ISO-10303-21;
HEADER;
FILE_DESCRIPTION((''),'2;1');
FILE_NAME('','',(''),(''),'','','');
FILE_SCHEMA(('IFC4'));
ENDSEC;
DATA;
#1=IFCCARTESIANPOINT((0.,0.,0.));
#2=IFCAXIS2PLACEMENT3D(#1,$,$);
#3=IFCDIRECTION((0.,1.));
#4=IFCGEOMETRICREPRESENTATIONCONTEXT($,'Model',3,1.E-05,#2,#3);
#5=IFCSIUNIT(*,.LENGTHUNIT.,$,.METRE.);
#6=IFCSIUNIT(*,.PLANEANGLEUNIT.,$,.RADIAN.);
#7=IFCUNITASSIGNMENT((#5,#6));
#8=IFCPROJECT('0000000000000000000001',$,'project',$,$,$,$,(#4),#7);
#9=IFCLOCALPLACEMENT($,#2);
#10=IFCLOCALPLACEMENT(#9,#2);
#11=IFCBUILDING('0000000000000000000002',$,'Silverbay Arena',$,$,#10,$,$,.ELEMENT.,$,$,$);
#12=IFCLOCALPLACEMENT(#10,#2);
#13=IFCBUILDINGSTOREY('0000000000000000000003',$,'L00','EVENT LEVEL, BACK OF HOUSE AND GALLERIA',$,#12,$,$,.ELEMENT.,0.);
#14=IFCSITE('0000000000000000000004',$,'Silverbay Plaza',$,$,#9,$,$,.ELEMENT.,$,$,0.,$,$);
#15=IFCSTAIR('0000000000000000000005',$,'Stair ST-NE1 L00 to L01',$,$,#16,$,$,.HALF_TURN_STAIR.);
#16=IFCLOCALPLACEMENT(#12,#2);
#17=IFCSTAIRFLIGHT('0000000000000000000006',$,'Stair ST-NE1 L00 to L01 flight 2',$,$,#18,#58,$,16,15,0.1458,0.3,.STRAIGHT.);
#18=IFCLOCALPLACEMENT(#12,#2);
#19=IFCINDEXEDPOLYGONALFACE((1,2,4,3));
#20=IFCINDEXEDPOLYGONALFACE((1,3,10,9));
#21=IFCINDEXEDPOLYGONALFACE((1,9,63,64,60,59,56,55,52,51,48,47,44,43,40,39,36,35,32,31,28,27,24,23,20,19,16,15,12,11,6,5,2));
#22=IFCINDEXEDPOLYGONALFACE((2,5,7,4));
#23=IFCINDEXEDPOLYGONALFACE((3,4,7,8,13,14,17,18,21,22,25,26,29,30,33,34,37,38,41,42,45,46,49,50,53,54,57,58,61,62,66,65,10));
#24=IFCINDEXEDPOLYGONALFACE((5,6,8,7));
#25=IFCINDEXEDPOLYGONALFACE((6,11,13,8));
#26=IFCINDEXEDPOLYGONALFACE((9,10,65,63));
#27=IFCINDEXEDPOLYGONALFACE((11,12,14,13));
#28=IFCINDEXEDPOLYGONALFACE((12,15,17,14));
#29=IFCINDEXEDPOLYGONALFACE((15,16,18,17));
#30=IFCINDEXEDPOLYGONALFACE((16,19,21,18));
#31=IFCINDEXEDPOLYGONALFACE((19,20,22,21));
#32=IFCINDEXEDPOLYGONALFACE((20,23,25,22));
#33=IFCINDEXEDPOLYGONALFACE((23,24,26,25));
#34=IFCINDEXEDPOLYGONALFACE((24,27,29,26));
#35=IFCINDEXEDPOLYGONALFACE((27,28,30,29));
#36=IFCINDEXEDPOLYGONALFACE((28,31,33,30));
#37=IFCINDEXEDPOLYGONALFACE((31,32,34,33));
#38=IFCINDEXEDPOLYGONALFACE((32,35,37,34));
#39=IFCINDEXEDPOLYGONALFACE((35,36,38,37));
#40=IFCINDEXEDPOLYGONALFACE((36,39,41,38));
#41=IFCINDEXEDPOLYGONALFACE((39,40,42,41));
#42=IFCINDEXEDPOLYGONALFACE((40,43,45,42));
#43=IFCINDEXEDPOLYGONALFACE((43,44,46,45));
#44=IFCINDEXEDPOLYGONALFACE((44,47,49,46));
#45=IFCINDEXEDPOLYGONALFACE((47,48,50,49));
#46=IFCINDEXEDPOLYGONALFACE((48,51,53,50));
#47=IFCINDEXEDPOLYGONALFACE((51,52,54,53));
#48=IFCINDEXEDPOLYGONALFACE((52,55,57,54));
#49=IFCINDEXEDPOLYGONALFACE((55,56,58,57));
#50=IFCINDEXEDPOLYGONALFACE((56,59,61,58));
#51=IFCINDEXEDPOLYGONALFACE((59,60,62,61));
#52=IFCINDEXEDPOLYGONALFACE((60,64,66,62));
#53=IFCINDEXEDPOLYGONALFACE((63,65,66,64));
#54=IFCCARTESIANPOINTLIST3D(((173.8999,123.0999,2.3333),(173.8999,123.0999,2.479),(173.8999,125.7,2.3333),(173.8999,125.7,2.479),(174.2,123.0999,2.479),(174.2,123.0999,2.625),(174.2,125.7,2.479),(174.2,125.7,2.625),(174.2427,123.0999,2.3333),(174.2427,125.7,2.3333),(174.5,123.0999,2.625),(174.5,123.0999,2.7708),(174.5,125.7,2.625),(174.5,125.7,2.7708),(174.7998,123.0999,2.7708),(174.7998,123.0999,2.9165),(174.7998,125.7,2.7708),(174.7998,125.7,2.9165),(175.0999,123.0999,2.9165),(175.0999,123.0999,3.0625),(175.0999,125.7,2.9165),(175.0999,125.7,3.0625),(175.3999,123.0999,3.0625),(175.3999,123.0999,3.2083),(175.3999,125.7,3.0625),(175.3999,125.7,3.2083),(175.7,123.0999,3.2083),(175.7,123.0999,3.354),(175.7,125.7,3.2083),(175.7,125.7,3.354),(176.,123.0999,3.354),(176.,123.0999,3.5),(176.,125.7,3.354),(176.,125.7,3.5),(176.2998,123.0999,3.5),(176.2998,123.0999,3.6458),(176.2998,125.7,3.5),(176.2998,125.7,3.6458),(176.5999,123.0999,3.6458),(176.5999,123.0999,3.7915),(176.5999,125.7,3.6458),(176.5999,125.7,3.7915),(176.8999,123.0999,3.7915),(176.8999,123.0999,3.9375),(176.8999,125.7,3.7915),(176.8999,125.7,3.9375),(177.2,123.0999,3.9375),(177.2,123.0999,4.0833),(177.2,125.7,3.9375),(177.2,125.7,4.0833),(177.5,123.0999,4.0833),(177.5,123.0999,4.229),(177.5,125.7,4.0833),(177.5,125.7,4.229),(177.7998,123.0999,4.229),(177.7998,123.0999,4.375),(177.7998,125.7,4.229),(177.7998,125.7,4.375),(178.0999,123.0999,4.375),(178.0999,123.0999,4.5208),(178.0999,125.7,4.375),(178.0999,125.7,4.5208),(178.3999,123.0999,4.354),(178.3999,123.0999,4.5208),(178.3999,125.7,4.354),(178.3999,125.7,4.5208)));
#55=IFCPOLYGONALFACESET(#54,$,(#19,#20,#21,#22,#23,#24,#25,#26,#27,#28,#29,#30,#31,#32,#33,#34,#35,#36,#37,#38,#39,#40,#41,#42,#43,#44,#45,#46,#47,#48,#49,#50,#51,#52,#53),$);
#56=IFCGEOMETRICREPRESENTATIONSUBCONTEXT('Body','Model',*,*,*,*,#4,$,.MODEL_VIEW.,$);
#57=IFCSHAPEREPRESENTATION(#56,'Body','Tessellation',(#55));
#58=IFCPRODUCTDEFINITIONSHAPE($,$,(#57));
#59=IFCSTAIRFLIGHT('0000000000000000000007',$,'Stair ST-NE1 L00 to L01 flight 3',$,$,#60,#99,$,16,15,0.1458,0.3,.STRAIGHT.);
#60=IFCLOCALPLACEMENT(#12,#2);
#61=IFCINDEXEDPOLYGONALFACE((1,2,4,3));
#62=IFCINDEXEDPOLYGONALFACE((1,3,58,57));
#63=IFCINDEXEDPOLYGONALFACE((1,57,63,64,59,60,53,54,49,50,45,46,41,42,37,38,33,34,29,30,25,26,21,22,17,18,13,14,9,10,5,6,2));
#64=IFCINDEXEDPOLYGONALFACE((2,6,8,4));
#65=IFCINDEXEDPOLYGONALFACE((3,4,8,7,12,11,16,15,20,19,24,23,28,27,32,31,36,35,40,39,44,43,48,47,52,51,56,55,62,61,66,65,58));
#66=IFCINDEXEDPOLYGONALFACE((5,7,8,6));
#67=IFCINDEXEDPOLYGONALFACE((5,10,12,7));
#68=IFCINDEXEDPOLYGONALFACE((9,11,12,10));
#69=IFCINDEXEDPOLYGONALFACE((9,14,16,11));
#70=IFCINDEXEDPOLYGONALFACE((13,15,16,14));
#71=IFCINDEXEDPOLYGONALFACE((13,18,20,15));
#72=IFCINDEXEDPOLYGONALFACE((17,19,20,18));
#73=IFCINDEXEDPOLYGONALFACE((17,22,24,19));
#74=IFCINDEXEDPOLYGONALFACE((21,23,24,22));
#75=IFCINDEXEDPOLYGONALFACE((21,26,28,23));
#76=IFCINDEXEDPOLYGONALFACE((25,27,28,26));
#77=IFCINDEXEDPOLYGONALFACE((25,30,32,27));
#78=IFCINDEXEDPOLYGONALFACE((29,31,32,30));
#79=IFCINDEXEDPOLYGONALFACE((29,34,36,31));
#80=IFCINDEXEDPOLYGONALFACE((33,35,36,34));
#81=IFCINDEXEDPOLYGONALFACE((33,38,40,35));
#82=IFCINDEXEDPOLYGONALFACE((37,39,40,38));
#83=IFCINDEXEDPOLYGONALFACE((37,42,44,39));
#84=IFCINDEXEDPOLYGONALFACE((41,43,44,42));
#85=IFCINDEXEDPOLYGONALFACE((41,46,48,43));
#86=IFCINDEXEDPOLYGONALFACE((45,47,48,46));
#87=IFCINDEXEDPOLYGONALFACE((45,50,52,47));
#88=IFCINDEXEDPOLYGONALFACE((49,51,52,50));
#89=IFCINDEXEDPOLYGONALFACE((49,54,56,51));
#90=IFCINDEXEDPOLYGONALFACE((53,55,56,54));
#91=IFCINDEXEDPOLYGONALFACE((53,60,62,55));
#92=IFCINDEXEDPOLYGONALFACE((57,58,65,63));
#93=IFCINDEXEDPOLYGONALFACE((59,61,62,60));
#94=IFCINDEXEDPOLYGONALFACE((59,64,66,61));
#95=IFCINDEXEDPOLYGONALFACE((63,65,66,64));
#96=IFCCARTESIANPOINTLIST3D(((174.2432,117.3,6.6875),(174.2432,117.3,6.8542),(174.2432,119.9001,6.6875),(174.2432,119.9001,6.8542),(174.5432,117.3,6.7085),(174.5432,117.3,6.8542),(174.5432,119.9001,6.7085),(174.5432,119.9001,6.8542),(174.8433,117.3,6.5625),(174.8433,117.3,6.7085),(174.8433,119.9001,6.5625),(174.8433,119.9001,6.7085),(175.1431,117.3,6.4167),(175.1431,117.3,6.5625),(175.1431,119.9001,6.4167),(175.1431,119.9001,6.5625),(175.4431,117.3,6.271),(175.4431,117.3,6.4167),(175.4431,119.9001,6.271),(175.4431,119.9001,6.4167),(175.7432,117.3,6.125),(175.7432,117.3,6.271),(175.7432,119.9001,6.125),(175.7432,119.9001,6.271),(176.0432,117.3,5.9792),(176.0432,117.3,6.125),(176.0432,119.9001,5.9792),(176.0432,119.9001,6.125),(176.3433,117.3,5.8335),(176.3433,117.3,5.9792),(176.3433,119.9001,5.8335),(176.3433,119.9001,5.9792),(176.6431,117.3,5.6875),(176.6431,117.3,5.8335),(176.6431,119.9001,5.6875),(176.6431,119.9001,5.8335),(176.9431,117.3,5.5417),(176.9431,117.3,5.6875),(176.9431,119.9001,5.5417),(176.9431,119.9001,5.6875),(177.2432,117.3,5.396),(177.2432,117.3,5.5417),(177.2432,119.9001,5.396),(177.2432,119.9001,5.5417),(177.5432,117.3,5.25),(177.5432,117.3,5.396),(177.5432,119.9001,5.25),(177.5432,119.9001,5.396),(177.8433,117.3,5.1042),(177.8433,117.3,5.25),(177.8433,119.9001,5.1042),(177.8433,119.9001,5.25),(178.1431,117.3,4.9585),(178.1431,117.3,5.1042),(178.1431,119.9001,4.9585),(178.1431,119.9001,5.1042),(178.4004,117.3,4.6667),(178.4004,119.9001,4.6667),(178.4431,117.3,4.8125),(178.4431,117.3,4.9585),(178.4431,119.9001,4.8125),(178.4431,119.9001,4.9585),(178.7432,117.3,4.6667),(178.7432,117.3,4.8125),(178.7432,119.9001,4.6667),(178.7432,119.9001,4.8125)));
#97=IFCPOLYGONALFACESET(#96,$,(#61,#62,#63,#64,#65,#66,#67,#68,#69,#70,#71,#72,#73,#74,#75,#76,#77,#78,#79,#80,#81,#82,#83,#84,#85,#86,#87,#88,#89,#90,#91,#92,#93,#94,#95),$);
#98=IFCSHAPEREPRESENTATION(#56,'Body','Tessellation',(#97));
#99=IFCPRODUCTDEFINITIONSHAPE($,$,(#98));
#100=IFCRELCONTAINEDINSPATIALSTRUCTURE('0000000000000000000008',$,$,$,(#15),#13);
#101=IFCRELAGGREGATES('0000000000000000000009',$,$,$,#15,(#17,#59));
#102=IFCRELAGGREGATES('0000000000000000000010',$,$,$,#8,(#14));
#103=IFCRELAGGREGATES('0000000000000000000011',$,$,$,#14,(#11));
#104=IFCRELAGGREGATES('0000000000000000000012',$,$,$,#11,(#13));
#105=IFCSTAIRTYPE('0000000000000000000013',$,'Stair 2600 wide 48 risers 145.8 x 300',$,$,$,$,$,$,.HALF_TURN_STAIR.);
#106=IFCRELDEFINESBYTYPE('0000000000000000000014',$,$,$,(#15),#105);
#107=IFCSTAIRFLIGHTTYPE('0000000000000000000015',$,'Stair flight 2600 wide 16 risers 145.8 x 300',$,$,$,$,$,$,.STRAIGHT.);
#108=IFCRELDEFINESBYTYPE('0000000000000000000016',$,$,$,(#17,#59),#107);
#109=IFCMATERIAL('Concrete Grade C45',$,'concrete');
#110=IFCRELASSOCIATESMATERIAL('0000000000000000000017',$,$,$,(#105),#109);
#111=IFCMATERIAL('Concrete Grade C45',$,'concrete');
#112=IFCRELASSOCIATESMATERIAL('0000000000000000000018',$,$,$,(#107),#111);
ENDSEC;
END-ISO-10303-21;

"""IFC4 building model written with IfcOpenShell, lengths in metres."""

from ifc_helpers import new_model, si_unit, direction, frame, origin, place, context, subcontext, project, spatial, polyline, outline, extrude, material, type_object, element, aggregate, save


model = new_model("IFC4")

# Units and contexts
model_context = context("Model", 3, precision=1e-05, world=origin(), true_north=direction((0.0, 1.0)))
body_context = subcontext(model_context, "Body", "Model", "MODEL_VIEW")
ifc_project = project(units=[si_unit("LENGTHUNIT", "METRE"), si_unit("PLANEANGLEUNIT", "RADIAN")], contexts=[model_context])

# Site, building, storey
site_placement = place(None, origin())
site = spatial("IfcSite", under=ifc_project, at=site_placement, Name="Silverbay Plaza", CompositionType="ELEMENT", RefElevation=0.0)
building_placement = place(site_placement, origin())
building = spatial("IfcBuilding", under=site, at=building_placement, Name="Silverbay Arena", CompositionType="ELEMENT")
storey_placement = place(building_placement, origin())
storey = spatial("IfcBuildingStorey", under=building, at=storey_placement, Name="L00", Description="EVENT LEVEL, BACK OF HOUSE AND GALLERIA", CompositionType="ELEMENT", Elevation=0.0)

# Shared definitions
ifc_material_1 = material(Name="Concrete Grade C45", Category="concrete")
stair_type = type_object("IfcStairType", Name="Stair 2600 wide 48 risers 145.8 x 300", PredefinedType="HALF_TURN_STAIR", material=ifc_material_1)
ifc_material_2 = material(Name="Concrete Grade C45", Category="concrete")
stair_flight_type = type_object("IfcStairFlightType", Name="Stair flight 2600 wide 16 risers 145.8 x 300", PredefinedType="STRAIGHT", material=ifc_material_2)

# Stair, stair flights
stair_1_placement = place(storey_placement, origin())
stair_1 = element("IfcStair", 1, at=stair_1_placement, inside=storey, type_object=stair_type, Name="Stair ST-NE1 L00 to L01", PredefinedType="HALF_TURN_STAIR")
stair_flight_1_placement = place(storey_placement, frame((173.8999, 124.3999, 2.3333), z_axis=(0.0, 0.0, 1.0), x_axis=(1.0, 0.0, 0.0)))
stair_flight_1 = element("IfcStairFlight", 2, at=stair_flight_1_placement, type_object=stair_flight_type, Name="Stair ST-NE1 L00 to L01 flight 2", NumberOfRisers=16, NumberOfTreads=15, PredefinedType="STRAIGHT", RiserHeight=0.1458, TreadLength=0.3, context=body_context, shape_type="SweptSolid", body=[
    extrude(outline(polyline([(0.0, 0.0), (0.0, 0.1458), (0.3, 0.1458), (0.3, 0.2917), (0.6001, 0.2917), (0.6001, 0.4375), (0.8999, 0.4375), (0.8999, 0.5833), (1.2, 0.5833), (1.2, 0.7292), (1.5, 0.7292), (1.5, 0.875), (1.8, 0.875), (1.8, 1.0208), (2.1001, 1.0208), (2.1001, 1.1667), (2.3999, 1.1667), (2.3999, 1.3125), (2.7, 1.3125), (2.7, 1.4583), (3.0, 1.4583), (3.0, 1.6042), (3.3, 1.6042), (3.3, 1.75), (3.6001, 1.75), (3.6001, 1.8958), (3.8999, 1.8958), (3.8999, 2.0417), (4.2, 2.0417), (4.2, 2.1875), (4.5, 2.1875), (4.5, 2.0208), (0.3428, 0.0), (0.0, 0.0)])), frame((0.0, 1.3, 0.0), z_axis=(0.0, -1.0, 0.0), x_axis=(1.0, 0.0, 0.0)), (0.0, 0.0, 1.0), 2.6001),
])
stair_flight_2_placement = place(storey_placement, frame((178.7432, 118.6001, 4.6667), z_axis=(0.0, 0.0, 1.0), x_axis=(-1.0, 0.0, 0.0)))
stair_flight_2 = element("IfcStairFlight", 3, at=stair_flight_2_placement, type_object=stair_flight_type, Name="Stair ST-NE1 L00 to L01 flight 3", NumberOfRisers=16, NumberOfTreads=15, PredefinedType="STRAIGHT", RiserHeight=0.1458, TreadLength=0.3, context=body_context, shape_type="SweptSolid", body=[
    extrude(outline(polyline([(0.0, 0.0), (0.0, 0.1458), (0.3, 0.1458), (0.3, 0.2917), (0.6001, 0.2917), (0.6001, 0.4375), (0.8999, 0.4375), (0.8999, 0.5833), (1.2, 0.5833), (1.2, 0.7292), (1.5, 0.7292), (1.5, 0.875), (1.8, 0.875), (1.8, 1.0208), (2.1001, 1.0208), (2.1001, 1.1667), (2.3999, 1.1667), (2.3999, 1.3125), (2.7, 1.3125), (2.7, 1.4583), (3.0, 1.4583), (3.0, 1.6042), (3.3, 1.6042), (3.3, 1.75), (3.6001, 1.75), (3.6001, 1.8958), (3.8999, 1.8958), (3.8999, 2.0417), (4.2, 2.0417), (4.2, 2.1875), (4.5, 2.1875), (4.5, 2.0208), (0.3428, 0.0), (0.0, 0.0)])), frame((0.0, 1.3, 0.0), z_axis=(0.0, -1.0, 0.0), x_axis=(1.0, 0.0, 0.0)), (0.0, 0.0, 1.0), 2.6001),
])
aggregate(stair_1, [stair_flight_1, stair_flight_2])

save(model, "model.ifc")
